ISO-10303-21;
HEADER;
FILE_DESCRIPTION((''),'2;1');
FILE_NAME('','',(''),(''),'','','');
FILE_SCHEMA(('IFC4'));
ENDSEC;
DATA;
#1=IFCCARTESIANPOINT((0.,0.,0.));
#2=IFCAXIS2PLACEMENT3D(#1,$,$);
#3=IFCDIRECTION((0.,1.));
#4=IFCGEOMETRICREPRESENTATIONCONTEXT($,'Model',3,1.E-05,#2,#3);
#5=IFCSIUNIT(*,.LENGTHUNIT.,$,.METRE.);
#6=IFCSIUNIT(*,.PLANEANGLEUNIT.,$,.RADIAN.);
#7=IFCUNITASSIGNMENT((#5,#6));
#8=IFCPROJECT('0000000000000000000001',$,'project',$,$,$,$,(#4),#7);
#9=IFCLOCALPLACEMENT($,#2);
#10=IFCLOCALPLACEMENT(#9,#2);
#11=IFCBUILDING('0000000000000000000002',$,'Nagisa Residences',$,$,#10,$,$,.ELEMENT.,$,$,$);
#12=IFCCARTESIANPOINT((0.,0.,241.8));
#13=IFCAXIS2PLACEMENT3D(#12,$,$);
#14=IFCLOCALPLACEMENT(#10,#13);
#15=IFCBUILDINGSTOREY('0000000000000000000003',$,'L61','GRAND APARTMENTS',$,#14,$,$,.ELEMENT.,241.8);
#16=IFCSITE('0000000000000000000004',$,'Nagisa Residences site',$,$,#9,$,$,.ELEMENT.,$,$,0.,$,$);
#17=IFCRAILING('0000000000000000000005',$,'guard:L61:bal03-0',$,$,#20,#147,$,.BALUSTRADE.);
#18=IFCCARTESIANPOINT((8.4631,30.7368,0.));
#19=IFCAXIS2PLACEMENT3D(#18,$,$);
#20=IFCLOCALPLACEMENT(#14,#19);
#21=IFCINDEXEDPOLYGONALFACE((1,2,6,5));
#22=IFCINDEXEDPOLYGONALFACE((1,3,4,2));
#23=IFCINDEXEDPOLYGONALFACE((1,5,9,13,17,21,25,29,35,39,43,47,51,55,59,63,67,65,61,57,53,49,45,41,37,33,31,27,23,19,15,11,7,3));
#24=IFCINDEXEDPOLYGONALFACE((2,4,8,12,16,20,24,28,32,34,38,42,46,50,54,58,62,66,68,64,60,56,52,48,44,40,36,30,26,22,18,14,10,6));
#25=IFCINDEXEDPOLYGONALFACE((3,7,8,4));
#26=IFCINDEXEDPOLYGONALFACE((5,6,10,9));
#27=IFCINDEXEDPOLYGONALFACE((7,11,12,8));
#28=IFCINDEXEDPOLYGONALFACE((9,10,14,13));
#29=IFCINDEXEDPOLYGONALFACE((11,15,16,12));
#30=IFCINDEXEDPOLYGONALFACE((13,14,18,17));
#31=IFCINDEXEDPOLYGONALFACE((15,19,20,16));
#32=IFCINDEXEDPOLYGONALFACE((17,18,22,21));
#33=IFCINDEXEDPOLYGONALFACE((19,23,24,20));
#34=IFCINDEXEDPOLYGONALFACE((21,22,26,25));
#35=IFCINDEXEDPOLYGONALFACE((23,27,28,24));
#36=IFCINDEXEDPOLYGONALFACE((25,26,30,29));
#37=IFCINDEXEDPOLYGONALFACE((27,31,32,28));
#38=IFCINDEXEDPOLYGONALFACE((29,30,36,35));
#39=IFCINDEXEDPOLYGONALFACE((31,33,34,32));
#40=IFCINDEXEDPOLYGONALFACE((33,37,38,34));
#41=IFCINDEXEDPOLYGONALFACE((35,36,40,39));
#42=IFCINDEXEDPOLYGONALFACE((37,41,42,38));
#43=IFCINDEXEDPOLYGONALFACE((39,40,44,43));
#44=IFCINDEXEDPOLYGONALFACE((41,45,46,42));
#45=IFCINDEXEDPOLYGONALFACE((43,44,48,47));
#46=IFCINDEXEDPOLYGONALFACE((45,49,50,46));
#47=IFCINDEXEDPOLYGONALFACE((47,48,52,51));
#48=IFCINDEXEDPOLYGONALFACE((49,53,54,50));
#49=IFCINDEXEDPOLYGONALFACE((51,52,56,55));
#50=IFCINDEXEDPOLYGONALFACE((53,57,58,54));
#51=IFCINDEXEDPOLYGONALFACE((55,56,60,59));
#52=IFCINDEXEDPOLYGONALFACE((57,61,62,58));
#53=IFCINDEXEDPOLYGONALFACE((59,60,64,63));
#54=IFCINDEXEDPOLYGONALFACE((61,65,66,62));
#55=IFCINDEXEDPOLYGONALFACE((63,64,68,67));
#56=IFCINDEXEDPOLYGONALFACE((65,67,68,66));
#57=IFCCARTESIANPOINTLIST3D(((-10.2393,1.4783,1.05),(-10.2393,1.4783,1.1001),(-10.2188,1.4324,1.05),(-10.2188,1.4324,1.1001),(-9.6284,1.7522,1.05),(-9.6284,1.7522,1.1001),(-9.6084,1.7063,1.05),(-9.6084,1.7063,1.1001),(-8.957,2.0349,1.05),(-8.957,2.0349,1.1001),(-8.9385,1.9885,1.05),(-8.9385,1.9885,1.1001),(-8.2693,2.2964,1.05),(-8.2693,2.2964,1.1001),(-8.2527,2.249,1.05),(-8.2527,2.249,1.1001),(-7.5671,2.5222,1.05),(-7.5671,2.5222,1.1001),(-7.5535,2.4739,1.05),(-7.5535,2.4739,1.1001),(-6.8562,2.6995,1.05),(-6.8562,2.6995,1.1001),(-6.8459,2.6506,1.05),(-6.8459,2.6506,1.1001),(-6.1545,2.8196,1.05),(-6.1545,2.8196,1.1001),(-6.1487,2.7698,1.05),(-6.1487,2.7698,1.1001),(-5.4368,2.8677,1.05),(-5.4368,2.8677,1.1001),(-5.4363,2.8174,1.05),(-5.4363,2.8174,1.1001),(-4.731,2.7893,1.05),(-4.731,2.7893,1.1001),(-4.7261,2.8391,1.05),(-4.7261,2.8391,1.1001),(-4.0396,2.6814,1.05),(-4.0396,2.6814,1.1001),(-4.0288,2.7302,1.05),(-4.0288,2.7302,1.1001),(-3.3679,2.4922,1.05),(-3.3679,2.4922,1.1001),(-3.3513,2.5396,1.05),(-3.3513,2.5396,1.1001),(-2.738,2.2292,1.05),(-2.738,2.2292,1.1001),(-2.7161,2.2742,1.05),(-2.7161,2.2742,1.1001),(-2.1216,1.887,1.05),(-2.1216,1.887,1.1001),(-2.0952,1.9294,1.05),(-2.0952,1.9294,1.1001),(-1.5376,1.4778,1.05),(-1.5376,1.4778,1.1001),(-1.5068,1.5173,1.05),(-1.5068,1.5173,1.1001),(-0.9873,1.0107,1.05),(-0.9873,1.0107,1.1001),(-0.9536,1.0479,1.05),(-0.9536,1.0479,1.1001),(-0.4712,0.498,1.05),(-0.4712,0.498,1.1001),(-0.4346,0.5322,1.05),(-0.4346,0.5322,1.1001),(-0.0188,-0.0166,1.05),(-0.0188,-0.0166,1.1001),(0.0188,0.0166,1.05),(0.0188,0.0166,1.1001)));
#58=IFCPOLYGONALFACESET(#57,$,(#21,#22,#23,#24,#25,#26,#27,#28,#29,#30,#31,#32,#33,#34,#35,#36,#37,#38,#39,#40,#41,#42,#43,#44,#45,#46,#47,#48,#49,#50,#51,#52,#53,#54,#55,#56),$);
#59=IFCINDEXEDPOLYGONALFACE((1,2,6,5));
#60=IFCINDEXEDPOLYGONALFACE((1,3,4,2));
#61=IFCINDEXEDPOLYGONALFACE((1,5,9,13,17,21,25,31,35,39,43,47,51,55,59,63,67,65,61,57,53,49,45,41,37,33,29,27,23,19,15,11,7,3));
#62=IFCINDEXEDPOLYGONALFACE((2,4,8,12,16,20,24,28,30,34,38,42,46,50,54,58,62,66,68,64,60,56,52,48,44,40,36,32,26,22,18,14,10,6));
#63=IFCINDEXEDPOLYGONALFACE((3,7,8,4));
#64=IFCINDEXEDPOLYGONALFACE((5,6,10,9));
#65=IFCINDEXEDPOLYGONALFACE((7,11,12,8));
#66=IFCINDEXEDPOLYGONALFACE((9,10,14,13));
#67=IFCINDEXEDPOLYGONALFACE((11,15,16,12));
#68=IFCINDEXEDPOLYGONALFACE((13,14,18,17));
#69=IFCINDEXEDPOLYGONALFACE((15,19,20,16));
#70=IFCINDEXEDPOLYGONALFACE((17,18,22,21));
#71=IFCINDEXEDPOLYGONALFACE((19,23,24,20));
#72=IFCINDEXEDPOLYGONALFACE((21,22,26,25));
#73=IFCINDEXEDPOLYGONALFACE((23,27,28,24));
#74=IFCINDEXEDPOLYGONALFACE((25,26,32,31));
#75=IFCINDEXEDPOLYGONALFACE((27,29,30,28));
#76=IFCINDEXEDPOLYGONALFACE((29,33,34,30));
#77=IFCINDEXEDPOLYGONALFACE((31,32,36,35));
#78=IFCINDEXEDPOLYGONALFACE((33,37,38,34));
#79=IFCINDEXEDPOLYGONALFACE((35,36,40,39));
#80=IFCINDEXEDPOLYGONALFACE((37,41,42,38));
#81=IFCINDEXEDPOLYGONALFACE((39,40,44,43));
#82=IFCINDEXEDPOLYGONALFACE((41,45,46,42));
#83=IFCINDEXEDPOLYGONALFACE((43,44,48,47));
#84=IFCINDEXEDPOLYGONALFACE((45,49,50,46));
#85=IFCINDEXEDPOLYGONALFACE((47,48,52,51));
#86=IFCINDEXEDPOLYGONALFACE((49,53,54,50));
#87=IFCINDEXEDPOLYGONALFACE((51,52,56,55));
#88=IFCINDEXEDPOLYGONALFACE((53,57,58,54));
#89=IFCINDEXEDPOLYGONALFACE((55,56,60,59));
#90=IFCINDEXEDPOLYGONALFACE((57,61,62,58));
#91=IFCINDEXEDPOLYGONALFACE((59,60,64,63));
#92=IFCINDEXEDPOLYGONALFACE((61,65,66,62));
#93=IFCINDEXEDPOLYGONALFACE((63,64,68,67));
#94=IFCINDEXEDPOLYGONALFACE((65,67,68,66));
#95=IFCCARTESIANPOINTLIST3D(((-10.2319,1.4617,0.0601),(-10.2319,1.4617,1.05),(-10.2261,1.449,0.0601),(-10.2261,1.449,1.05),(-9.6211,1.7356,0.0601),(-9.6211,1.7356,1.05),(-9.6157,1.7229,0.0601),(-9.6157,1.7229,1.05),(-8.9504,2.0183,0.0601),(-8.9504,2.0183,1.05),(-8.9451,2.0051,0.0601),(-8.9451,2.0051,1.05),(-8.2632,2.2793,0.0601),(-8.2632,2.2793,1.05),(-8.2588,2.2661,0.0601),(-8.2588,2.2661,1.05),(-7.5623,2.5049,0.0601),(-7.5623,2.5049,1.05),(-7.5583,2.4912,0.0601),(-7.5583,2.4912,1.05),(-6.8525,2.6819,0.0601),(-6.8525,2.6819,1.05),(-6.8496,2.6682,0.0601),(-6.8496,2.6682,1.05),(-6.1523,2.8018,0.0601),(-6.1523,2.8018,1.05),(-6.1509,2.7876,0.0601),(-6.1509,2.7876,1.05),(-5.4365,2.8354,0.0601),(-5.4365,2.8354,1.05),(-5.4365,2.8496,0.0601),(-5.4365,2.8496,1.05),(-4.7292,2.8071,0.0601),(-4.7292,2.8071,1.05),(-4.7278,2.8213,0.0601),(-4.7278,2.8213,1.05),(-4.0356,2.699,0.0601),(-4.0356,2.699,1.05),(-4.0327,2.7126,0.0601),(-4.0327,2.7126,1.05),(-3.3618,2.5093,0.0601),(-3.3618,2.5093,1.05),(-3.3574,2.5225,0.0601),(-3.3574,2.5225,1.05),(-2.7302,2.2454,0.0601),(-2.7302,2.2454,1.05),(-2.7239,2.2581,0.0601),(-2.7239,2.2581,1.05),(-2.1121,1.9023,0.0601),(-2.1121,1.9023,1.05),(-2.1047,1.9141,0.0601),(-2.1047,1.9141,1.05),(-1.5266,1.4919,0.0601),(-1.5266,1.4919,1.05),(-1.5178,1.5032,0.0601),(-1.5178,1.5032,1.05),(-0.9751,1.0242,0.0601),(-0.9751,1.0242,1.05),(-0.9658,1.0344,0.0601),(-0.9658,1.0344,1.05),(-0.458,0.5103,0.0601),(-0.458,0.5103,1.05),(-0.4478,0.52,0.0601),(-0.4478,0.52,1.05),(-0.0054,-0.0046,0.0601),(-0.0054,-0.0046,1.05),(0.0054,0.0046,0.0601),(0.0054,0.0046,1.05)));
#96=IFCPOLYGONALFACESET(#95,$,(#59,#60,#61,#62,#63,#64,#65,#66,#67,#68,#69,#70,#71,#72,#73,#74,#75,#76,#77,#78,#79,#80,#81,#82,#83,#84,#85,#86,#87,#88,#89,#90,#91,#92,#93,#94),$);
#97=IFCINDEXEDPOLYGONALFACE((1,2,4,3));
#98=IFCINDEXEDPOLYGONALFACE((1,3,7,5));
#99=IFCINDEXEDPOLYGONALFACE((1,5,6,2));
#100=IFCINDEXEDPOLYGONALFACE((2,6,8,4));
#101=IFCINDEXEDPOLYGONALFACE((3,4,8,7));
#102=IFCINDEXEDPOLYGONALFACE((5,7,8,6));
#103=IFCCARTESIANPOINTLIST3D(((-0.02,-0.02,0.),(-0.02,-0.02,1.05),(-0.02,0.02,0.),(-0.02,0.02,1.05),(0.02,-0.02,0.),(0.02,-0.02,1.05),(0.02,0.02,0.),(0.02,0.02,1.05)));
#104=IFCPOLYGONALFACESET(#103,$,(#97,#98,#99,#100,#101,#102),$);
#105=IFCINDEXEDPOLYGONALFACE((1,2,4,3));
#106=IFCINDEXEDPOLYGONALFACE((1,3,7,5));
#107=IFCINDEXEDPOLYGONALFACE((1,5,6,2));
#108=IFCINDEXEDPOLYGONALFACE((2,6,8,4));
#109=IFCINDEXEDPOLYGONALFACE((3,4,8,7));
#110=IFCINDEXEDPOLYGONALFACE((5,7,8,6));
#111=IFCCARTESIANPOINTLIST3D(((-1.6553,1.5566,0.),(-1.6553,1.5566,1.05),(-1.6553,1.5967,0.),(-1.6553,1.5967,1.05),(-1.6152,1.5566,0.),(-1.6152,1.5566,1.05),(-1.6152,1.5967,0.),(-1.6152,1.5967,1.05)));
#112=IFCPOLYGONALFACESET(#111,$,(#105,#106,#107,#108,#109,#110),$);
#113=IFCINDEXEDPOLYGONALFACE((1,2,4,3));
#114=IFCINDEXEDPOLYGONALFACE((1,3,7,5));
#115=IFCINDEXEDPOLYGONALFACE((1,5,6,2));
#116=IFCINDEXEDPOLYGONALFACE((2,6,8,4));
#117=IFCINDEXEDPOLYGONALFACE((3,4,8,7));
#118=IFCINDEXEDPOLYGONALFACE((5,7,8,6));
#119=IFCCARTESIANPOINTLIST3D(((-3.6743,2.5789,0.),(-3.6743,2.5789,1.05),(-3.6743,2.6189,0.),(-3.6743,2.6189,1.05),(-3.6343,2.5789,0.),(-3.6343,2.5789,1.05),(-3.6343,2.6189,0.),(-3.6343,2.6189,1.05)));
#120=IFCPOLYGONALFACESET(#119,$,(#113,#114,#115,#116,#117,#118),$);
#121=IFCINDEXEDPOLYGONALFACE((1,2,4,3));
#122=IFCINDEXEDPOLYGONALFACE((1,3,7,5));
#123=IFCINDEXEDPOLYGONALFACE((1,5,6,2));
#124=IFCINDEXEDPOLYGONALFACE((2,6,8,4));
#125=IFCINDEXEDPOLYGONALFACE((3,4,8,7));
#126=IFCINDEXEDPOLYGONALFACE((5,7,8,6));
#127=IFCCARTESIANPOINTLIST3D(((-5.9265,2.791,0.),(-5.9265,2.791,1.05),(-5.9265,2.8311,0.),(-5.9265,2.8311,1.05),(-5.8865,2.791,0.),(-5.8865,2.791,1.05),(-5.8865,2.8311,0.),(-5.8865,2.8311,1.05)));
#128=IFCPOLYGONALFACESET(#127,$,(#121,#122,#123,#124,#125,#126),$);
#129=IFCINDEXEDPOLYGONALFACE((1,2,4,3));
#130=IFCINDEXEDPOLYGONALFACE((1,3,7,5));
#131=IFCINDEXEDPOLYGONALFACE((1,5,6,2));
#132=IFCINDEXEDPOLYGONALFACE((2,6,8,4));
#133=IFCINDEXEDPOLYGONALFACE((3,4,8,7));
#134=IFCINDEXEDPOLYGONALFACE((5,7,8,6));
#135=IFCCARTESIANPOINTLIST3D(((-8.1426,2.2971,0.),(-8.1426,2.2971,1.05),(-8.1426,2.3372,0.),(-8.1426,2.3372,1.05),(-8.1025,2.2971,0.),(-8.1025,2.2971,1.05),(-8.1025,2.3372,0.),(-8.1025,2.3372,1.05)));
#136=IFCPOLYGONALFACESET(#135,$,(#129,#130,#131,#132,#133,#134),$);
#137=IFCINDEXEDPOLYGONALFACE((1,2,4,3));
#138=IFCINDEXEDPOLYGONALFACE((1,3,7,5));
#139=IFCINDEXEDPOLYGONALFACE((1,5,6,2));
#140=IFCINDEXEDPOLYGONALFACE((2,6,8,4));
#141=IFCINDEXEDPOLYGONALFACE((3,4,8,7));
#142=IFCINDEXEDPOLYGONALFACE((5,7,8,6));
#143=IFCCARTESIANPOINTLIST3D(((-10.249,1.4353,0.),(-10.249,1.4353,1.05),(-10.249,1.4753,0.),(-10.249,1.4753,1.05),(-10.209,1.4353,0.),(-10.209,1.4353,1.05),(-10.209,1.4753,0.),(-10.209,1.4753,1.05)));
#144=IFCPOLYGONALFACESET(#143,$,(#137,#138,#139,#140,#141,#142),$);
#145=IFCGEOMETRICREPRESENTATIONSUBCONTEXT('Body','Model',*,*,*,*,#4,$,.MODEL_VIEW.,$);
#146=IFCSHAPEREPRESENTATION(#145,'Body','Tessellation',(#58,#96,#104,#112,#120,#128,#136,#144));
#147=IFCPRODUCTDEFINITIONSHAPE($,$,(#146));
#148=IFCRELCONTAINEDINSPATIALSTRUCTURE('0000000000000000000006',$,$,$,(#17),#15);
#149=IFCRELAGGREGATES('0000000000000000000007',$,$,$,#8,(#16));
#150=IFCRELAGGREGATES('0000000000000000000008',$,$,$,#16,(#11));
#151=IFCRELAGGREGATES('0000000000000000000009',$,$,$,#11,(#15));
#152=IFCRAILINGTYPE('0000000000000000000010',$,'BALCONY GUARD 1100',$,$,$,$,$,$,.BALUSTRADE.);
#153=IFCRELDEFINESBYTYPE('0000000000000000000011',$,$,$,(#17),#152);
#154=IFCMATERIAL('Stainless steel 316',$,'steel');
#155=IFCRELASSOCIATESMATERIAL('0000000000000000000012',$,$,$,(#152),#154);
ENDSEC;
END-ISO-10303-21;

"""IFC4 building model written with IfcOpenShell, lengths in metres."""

from ifc_helpers import new_model, si_unit, direction, frame, origin, origin_2d, place, context, subcontext, project, spatial, polyline, rectangle, outline, extrude, material, type_object, element, save


model = new_model("IFC4")

# Units and contexts
model_context = context("Model", 3, precision=1e-05, world=origin(), true_north=direction((0.0, 1.0)))
body_context = subcontext(model_context, "Body", "Model", "MODEL_VIEW")
ifc_project = project(units=[si_unit("LENGTHUNIT", "METRE"), si_unit("PLANEANGLEUNIT", "RADIAN")], contexts=[model_context])

# Site, building, storey
site_placement = place(None, origin())
site = spatial("IfcSite", under=ifc_project, at=site_placement, Name="Nagisa Residences site", CompositionType="ELEMENT", RefElevation=0.0)
building_placement = place(site_placement, origin())
building = spatial("IfcBuilding", under=site, at=building_placement, Name="Nagisa Residences", CompositionType="ELEMENT")
storey_placement = place(building_placement, frame((0.0, 0.0, 241.8)))
storey = spatial("IfcBuildingStorey", under=building, at=storey_placement, Name="L61", Description="GRAND APARTMENTS", CompositionType="ELEMENT", Elevation=241.8)

# Railing
ifc_material_1 = material(Name="Stainless steel 316", Category="steel")
railing_type = type_object("IfcRailingType", Name="BALCONY GUARD 1100", PredefinedType="BALUSTRADE", material=ifc_material_1)
railing_placement = place(storey_placement, frame((8.4631, 30.7368, 0.0)))
element("IfcRailing", 1, at=railing_placement, inside=storey, type_object=railing_type, Name="guard:L61:bal03-0", PredefinedType="BALUSTRADE", context=body_context, shape_type="SweptSolid", body=[
    extrude(outline(polyline([(-0.4712, 0.498), (-0.0188, -0.0166), (0.0188, 0.0166), (-0.4346, 0.5322), (-0.9536, 1.0479), (-1.5068, 1.5173), (-2.0952, 1.9294), (-2.7161, 2.2742), (-3.3513, 2.5396), (-4.0288, 2.7302), (-4.7261, 2.8391), (-5.4368, 2.8677), (-6.1545, 2.8196), (-6.8562, 2.6995), (-7.5671, 2.5222), (-8.2693, 2.2964), (-8.957, 2.0349), (-9.6284, 1.7522), (-10.2393, 1.4783), (-10.2188, 1.4324), (-9.6084, 1.7063), (-8.9385, 1.9885), (-8.2527, 2.249), (-7.5535, 2.4739), (-6.8459, 2.6506), (-6.1487, 2.7698), (-5.4363, 2.8174), (-4.731, 2.7893), (-4.0396, 2.6814), (-3.3679, 2.4922), (-2.738, 2.2292), (-2.1216, 1.887), (-1.5376, 1.4778), (-0.9873, 1.0107), (-0.4712, 0.498)])), frame((0.0, 0.0, 1.05)), (0.0, 0.0, 1.0), 0.05),
    extrude(outline(polyline([(-0.458, 0.5103), (-0.0054, -0.0046), (0.0054, 0.0046), (-0.4478, 0.52), (-0.9658, 1.0344), (-1.5178, 1.5032), (-2.1047, 1.9141), (-2.7239, 2.2581), (-3.3574, 2.5225), (-4.0327, 2.7126), (-4.7278, 2.8213), (-5.4365, 2.8496), (-6.1523, 2.8018), (-6.8525, 2.6819), (-7.5623, 2.5049), (-8.2632, 2.2793), (-8.9504, 2.0183), (-9.6211, 1.7356), (-10.2319, 1.4617), (-10.2261, 1.449), (-9.6157, 1.7229), (-8.9451, 2.0051), (-8.2588, 2.2661), (-7.5583, 2.4912), (-6.8496, 2.6682), (-6.1509, 2.7876), (-5.4365, 2.8354), (-4.7292, 2.8071), (-4.0356, 2.699), (-3.3618, 2.5093), (-2.7302, 2.2454), (-2.1121, 1.9023), (-1.5266, 1.4919), (-0.9751, 1.0242), (-0.458, 0.5103)])), frame((0.0, 0.0, 0.0601)), (0.0, 0.0, 1.0), 0.99),
    extrude(rectangle(XDim=0.04, YDim=0.04, at=origin_2d()), origin(), (0.0, 0.0, 1.0), 1.05),
    extrude(rectangle(XDim=0.04, YDim=0.04, at=origin_2d()), frame((-1.6353, 1.5767, 0.0)), (0.0, 0.0, 1.0), 1.05),
    extrude(rectangle(XDim=0.04, YDim=0.04, at=origin_2d()), frame((-3.6543, 2.5989, 0.0)), (0.0, 0.0, 1.0), 1.05),
    extrude(rectangle(XDim=0.04, YDim=0.04, at=origin_2d()), frame((-5.9065, 2.811, 0.0)), (0.0, 0.0, 1.0), 1.05),
    extrude(rectangle(XDim=0.04, YDim=0.04, at=origin_2d()), frame((-8.1226, 2.3171, 0.0)), (0.0, 0.0, 1.0), 1.05),
    extrude(rectangle(XDim=0.04, YDim=0.04, at=origin_2d()), frame((-10.229, 1.4553, 0.0)), (0.0, 0.0, 1.0), 1.05),
])

save(model, "model.ifc")
